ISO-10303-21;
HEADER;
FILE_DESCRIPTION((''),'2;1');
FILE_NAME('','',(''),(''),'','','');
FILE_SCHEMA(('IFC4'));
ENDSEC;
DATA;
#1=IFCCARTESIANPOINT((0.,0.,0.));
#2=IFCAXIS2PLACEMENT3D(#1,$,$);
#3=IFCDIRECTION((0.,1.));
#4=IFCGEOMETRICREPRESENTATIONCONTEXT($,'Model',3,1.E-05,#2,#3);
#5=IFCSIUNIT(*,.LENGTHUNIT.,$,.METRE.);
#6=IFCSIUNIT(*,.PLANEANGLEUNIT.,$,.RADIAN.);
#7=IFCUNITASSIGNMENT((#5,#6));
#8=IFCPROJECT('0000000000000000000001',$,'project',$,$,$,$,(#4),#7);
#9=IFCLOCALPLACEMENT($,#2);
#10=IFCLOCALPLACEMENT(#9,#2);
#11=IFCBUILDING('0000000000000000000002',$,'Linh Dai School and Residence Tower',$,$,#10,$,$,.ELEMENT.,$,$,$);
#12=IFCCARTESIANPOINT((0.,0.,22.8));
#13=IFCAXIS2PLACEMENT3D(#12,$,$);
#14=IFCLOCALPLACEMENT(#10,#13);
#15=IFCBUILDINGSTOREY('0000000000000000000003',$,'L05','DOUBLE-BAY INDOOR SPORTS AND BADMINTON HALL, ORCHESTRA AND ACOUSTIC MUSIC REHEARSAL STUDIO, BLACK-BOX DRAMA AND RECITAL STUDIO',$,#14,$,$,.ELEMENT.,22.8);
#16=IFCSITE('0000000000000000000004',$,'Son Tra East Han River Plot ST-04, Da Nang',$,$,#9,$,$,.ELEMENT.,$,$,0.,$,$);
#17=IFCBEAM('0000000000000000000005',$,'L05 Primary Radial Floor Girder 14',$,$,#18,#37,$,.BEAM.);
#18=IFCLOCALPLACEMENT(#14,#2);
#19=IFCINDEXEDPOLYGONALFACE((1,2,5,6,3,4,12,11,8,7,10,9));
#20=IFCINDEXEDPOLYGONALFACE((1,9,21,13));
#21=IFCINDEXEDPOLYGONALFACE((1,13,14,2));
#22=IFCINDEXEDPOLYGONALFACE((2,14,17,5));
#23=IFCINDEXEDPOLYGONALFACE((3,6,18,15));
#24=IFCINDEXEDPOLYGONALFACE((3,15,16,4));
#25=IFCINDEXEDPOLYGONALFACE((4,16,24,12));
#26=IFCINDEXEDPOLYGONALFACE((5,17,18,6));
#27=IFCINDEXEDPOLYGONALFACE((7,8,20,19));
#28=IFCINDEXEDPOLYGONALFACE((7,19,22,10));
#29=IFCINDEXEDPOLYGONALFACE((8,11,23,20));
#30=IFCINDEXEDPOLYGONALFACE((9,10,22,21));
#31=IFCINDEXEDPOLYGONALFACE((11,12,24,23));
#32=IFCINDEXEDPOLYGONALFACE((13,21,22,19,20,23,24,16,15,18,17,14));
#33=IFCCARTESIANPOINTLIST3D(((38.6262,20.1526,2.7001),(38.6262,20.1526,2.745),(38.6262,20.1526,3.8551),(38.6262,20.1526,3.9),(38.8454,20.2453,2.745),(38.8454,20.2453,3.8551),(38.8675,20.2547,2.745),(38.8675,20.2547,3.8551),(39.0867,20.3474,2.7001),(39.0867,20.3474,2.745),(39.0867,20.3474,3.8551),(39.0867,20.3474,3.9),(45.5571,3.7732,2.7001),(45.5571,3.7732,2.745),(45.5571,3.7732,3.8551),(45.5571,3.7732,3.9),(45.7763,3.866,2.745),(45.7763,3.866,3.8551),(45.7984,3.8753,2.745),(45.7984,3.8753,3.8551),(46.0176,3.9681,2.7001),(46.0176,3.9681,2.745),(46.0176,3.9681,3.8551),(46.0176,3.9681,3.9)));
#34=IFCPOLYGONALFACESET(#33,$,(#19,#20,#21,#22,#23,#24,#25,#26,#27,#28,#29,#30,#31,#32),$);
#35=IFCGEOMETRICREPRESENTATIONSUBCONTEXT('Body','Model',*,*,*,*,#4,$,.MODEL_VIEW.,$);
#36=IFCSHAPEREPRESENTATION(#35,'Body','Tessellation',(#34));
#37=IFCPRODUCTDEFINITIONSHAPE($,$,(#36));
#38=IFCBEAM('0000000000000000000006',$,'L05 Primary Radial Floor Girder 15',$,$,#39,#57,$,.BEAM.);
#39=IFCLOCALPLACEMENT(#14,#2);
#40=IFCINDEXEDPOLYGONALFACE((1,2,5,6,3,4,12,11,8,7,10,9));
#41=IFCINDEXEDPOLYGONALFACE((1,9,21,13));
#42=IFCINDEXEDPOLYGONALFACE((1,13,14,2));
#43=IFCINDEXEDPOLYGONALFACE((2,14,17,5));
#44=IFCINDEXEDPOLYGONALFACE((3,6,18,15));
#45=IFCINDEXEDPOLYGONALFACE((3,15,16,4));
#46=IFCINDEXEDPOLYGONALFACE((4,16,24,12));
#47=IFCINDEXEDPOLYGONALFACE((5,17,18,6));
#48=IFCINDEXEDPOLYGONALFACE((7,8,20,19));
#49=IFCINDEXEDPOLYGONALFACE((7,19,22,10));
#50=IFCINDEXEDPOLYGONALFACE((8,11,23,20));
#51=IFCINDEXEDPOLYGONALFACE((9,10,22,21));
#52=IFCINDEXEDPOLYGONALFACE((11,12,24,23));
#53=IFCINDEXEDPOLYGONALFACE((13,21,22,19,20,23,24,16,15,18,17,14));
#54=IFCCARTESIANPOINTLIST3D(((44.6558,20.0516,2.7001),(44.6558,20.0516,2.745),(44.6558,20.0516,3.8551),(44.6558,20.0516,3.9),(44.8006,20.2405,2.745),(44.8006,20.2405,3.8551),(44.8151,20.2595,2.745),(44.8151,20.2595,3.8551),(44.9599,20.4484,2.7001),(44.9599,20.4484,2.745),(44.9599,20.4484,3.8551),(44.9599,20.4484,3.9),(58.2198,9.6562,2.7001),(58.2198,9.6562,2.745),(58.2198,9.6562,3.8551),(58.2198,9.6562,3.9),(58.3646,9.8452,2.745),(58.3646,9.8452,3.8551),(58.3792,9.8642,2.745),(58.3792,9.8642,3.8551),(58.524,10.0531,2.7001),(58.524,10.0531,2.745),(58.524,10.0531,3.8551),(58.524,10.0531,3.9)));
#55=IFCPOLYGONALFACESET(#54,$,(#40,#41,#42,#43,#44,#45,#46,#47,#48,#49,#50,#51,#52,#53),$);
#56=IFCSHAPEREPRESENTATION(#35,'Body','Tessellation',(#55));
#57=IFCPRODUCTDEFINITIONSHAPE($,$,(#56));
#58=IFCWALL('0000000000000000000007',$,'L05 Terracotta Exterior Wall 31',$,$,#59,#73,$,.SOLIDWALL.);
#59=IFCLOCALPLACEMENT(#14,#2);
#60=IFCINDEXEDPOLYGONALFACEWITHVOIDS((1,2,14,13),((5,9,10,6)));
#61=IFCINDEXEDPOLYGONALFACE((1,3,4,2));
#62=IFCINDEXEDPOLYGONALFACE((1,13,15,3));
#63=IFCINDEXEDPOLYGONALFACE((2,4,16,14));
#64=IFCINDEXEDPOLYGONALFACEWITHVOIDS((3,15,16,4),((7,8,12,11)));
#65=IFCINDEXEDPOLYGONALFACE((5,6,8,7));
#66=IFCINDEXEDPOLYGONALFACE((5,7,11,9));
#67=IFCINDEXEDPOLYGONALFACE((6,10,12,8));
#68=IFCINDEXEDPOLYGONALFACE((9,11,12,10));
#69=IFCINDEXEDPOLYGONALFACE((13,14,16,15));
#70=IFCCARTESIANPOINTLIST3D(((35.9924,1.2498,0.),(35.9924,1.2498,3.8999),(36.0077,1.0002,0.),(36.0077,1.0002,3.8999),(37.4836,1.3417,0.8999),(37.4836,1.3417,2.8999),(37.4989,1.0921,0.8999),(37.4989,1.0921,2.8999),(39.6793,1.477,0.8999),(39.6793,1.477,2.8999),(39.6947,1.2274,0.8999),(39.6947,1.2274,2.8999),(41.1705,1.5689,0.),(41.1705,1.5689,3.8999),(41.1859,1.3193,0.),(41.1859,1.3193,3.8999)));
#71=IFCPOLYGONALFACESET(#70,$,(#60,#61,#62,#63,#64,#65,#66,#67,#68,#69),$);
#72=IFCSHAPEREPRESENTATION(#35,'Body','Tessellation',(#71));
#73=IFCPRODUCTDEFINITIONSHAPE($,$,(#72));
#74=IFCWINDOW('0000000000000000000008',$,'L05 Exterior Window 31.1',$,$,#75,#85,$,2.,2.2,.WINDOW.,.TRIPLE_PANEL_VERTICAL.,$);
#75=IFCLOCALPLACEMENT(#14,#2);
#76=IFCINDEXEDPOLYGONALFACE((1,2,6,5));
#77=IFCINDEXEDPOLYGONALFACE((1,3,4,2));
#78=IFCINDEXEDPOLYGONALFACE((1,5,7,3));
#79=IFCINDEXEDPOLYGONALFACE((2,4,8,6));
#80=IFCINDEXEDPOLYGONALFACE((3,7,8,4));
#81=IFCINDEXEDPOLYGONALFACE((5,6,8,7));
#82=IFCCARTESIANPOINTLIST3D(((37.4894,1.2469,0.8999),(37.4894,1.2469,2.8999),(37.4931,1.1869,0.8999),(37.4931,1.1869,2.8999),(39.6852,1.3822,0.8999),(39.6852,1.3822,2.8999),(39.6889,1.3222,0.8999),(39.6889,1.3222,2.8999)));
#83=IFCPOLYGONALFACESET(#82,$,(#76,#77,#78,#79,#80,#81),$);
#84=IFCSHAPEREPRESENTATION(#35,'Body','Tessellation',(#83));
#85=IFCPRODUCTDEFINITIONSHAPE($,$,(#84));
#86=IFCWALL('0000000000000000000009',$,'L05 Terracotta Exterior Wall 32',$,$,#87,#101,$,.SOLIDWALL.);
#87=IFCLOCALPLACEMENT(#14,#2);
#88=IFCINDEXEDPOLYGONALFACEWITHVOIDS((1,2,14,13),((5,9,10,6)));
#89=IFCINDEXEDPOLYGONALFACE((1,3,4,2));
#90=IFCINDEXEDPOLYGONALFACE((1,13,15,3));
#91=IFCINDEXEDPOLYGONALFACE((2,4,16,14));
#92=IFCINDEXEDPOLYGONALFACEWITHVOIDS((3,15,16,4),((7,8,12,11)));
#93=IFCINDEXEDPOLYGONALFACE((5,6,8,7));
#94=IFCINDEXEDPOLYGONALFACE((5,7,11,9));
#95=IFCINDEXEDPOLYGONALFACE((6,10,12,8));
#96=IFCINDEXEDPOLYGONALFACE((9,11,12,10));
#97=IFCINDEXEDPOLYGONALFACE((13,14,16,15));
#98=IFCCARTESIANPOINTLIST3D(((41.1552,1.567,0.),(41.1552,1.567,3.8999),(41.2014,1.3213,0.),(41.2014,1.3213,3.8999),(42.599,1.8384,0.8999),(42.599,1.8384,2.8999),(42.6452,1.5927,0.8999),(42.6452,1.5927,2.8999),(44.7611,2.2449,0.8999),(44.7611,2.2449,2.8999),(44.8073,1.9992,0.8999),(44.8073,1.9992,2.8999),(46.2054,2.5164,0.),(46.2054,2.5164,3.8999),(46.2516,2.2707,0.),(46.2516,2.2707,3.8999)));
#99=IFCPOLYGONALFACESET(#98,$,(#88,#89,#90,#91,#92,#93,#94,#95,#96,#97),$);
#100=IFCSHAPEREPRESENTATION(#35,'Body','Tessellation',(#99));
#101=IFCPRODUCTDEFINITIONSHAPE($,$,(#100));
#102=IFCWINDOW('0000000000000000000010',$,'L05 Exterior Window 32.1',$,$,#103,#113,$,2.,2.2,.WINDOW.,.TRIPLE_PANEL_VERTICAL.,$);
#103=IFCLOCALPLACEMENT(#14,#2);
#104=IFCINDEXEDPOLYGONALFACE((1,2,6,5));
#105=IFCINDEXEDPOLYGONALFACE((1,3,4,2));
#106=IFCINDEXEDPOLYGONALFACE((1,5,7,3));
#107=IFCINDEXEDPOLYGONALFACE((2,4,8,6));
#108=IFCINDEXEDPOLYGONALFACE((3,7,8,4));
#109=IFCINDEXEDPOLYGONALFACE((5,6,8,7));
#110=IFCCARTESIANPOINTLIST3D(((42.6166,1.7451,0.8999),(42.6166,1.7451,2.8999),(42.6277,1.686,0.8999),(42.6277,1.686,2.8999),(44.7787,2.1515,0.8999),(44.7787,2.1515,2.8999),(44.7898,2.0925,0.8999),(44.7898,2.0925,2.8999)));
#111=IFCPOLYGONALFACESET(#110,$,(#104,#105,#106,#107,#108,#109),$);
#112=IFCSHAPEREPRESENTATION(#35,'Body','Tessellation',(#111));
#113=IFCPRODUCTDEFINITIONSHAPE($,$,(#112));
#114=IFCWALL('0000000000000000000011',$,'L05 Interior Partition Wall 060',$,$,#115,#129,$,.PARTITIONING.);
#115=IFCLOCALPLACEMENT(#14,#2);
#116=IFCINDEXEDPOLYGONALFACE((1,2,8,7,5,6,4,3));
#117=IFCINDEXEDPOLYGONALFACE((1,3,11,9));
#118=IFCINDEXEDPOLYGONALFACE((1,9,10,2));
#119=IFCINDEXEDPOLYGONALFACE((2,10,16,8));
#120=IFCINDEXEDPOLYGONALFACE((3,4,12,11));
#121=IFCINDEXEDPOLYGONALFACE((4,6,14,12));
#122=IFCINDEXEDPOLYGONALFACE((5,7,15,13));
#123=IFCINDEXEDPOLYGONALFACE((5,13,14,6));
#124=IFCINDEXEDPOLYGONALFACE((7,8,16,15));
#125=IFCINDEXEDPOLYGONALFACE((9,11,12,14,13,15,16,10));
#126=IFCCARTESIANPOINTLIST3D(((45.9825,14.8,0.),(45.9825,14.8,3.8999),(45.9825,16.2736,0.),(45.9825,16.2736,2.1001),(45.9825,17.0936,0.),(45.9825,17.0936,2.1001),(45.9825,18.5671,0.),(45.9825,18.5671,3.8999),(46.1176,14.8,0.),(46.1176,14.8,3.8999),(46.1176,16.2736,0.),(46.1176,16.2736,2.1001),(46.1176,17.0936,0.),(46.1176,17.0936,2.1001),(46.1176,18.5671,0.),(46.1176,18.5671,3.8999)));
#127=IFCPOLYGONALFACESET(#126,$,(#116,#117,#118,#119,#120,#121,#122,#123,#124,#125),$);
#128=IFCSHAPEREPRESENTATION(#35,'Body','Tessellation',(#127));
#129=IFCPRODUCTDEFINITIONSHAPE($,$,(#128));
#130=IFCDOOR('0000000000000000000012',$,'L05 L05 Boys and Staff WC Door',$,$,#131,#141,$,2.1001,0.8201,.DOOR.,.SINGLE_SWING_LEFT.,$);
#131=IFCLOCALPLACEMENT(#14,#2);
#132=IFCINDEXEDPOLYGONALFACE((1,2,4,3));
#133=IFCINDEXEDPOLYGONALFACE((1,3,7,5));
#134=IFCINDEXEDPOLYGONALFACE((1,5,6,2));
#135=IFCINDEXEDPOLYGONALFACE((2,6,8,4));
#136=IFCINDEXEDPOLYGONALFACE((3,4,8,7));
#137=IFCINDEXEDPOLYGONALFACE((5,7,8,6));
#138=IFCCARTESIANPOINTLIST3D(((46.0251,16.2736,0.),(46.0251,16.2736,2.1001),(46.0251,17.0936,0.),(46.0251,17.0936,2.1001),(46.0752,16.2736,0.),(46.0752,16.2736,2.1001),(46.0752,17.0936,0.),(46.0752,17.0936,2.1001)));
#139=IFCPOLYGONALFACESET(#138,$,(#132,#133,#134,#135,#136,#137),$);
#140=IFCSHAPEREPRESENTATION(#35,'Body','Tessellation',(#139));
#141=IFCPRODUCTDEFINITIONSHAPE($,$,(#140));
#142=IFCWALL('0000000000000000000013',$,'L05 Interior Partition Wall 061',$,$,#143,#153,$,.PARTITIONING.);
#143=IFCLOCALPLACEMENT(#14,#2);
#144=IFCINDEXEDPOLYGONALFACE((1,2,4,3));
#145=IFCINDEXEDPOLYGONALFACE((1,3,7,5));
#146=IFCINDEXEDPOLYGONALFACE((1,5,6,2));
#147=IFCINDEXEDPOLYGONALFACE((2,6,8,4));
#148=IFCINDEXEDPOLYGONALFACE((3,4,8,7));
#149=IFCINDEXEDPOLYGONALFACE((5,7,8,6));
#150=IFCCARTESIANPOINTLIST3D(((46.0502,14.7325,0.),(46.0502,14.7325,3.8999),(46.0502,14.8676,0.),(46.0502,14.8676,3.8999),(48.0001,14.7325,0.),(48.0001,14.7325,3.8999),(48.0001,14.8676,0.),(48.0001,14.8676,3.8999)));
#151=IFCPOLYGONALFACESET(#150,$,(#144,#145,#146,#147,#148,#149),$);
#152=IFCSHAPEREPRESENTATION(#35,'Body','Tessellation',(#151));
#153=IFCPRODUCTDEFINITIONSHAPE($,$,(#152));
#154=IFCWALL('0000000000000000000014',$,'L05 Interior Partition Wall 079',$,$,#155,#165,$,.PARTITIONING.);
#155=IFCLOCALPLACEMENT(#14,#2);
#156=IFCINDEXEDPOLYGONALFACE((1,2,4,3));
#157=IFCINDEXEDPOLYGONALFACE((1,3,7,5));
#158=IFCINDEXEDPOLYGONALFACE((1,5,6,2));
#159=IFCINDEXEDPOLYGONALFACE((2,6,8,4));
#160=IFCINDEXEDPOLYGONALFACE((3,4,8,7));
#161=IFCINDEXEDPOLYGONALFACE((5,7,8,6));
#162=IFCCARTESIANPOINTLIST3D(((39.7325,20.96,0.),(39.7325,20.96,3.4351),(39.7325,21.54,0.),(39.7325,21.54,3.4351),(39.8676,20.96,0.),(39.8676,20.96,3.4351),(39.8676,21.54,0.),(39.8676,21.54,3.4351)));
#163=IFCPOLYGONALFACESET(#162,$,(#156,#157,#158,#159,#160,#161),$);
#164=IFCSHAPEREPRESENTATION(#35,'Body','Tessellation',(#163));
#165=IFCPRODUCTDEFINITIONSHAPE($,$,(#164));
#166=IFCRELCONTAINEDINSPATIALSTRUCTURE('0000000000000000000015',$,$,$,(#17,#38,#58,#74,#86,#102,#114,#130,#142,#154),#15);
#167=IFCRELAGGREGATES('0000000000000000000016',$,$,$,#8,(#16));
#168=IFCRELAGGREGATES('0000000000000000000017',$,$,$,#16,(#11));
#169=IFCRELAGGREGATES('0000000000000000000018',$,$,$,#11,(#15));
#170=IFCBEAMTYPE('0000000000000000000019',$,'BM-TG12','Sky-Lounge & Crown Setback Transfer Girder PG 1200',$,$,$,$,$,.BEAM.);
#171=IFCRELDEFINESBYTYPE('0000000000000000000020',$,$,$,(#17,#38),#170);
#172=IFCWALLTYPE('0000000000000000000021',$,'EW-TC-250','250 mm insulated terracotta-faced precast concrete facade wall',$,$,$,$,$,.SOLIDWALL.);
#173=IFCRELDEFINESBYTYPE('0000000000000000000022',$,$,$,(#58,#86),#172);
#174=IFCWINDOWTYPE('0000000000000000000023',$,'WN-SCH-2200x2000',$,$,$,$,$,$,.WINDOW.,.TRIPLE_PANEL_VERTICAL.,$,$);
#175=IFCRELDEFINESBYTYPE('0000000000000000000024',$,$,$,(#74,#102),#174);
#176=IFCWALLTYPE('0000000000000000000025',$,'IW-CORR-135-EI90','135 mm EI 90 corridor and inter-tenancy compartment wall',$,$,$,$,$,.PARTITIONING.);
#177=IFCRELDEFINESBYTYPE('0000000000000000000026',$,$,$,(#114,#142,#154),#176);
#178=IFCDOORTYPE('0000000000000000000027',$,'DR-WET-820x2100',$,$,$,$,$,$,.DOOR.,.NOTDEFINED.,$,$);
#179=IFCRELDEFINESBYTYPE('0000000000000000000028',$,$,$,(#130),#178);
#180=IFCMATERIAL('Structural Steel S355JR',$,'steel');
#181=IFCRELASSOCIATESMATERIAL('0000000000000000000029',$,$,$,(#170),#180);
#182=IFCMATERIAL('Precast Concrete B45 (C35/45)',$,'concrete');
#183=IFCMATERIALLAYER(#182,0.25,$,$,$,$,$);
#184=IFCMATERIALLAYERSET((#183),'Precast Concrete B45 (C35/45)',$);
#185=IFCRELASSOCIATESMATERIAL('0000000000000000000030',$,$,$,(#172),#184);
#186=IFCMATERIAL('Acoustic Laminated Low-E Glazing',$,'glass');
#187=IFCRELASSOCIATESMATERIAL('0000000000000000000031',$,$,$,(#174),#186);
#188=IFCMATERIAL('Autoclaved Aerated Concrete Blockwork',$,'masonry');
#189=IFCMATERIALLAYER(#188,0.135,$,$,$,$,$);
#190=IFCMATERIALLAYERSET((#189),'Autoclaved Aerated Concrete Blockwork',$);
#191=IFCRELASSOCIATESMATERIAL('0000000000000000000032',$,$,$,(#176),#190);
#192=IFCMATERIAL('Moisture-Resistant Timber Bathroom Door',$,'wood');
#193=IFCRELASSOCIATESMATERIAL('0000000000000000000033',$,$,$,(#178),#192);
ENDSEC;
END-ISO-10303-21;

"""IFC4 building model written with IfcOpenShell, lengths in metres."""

from ifc_helpers import new_model, si_unit, direction, frame, frame_2d, origin, origin_2d, place, context, subcontext, project, spatial, rectangle, i_section, extrude, source, transform, mapped, material, layer, layer_set, material_profile, profile_set, type_object, element, fill, save


model = new_model("IFC4")

# Units and contexts
model_context = context("Model", 3, precision=1e-05, world=origin(), true_north=direction((0.0, 1.0)))
body_context = subcontext(model_context, "Body", "Model", "MODEL_VIEW")
ifc_project = project(units=[si_unit("LENGTHUNIT", "METRE"), si_unit("PLANEANGLEUNIT", "RADIAN")], contexts=[model_context])

# Site, building, storey
site_placement = place(None, origin())
site = spatial("IfcSite", under=ifc_project, at=site_placement, Name="Son Tra East Han River Plot ST-04, Da Nang", CompositionType="ELEMENT", RefElevation=0.0)
building_placement = place(site_placement, origin())
building = spatial("IfcBuilding", under=site, at=building_placement, Name="Linh Dai School and Residence Tower", CompositionType="ELEMENT")
storey_placement = place(building_placement, frame((0.0, 0.0, 22.8)))
storey = spatial("IfcBuildingStorey", under=building, at=storey_placement, Name="L05", Description="DOUBLE-BAY INDOOR SPORTS AND BADMINTON HALL, ORCHESTRA AND ACOUSTIC MUSIC REHEARSAL STUDIO, BLACK-BOX DRAMA AND RECITAL STUDIO", CompositionType="ELEMENT", Elevation=22.8)

# Shared definitions
ifc_material_1 = material(Name="Structural Steel S355JR", Category="steel")

# Beams
ifc_material_profile_1 = material_profile(ifc_material_1, i_section(OverallWidth=0.5, OverallDepth=1.2, WebThickness=0.0239, FlangeThickness=0.0449, at=origin_2d()), Name="PG 1200x500x24x45")
ifc_profile_set_1 = profile_set([ifc_material_profile_1], Name="Structural Steel S355JR")
beam_type_1 = type_object("IfcBeamType", Name="BM-TG12", Description="Sky-Lounge & Crown Setback Transfer Girder PG 1200", PredefinedType="BEAM", material=ifc_profile_set_1)
beam_1_placement = place(storey_placement, frame((38.8564, 20.25, 3.3), z_axis=(0.389696, -0.920944, 0.0), x_axis=(0.920944, 0.389696, 0.0)))
element("IfcBeam", 1, at=beam_1_placement, inside=storey, type_object=beam_type_1, Name="L05 Primary Radial Floor Girder 14", PredefinedType="BEAM", context=body_context, shape_type="SweptSolid", body=[
    extrude(i_section(OverallWidth=0.5, OverallDepth=1.2, WebThickness=0.0239, FlangeThickness=0.0449, at=origin_2d()), origin(), (0.0, 0.0, 1.0), 17.7854),
])
beam_2_placement = place(storey_placement, frame((44.8079, 20.25, 3.3), z_axis=(0.793713, -0.608292, 0.0), x_axis=(0.608292, 0.793713, 0.0)))
element("IfcBeam", 2, at=beam_2_placement, inside=storey, type_object=beam_type_1, Name="L05 Primary Radial Floor Girder 15", PredefinedType="BEAM", context=body_context, shape_type="SweptSolid", body=[
    extrude(i_section(OverallWidth=0.5, OverallDepth=1.2, WebThickness=0.0239, FlangeThickness=0.0449, at=origin_2d()), origin(), (0.0, 0.0, 1.0), 17.0894),
])

# Walls, openings, windows
ifc_material_2 = material(Name="Precast Concrete B45 (C35/45)", Category="concrete")
ifc_layer_1 = layer(ifc_material_2, 0.25)
ifc_layer_set_1 = layer_set([ifc_layer_1], Name="Precast Concrete B45 (C35/45)")
wall_type_1 = type_object("IfcWallType", Name="EW-TC-250", Description="250 mm insulated terracotta-faced precast concrete facade wall", PredefinedType="SOLIDWALL", material=ifc_layer_set_1)
wall_1_placement = place(storey_placement, frame((41.1782, 1.4441, 0.0), z_axis=(0.0, 0.0, 1.0), x_axis=(-0.998107, -0.061505, 0.0)))
wall_1 = element("IfcWall", 3, at=wall_1_placement, inside=storey, type_object=wall_type_1, Name="L05 Terracotta Exterior Wall 31", PredefinedType="SOLIDWALL", context=body_context, shape_type="SweptSolid", body=[
    extrude(rectangle(XDim=5.188, YDim=0.25, at=frame_2d((2.594, 0.0))), origin(), (0.0, 0.0, 1.0), 3.8999),
])
opening_1_placement = place(wall_1_placement, frame((1.4939, 0.0, 0.8999)))
opening_1 = element("IfcOpeningElement", 4, at=opening_1_placement, cuts=wall_1, PredefinedType="OPENING", context=body_context, shape_type="SweptSolid", body=[
    extrude(rectangle(XDim=2.2, YDim=2.0, at=origin_2d()), frame((1.1001, 0.135, 1.0), z_axis=(0.0, -1.0, 0.0), x_axis=(1.0, 0.0, 0.0)), (0.0, 0.0, 1.0), 0.27),
])
ifc_material_3 = material(Name="Acoustic Laminated Low-E Glazing", Category="glass")
window_type = type_object("IfcWindowType", Name="WN-SCH-2200x2000", PartitioningType="TRIPLE_PANEL_VERTICAL", PredefinedType="WINDOW", material=ifc_material_3)
shared_shape_1 = source(origin(), body_context, "Body", "SweptSolid", [
    extrude(rectangle(XDim=2.2, YDim=2.0, at=origin_2d()), frame((1.1001, 0.03, 1.0), z_axis=(0.0, -1.0, 0.0), x_axis=(1.0, 0.0, 0.0)), (0.0, 0.0, 1.0), 0.0601),
])
window_1_placement = place(opening_1_placement, origin())
window_1 = element("IfcWindow", 5, at=window_1_placement, inside=storey, type_object=window_type, Name="L05 Exterior Window 31.1", OverallHeight=2.0, OverallWidth=2.2, PartitioningType="TRIPLE_PANEL_VERTICAL", PredefinedType="WINDOW", context=body_context, shape_type="MappedRepresentation", body=[
    mapped(shared_shape_1, transform((0.0, 0.0, 0.0), x_axis=(1.0, 0.0, 0.0), y_axis=(0.0, 1.0, 0.0), z_axis=(0.0, 0.0, 1.0), scale=1.0)),
])
fill(opening_1, window_1)
wall_2_placement = place(storey_placement, frame((46.2285, 2.3936, 0.0), z_axis=(0.0, 0.0, 1.0), x_axis=(-0.982783, -0.184765, 0.0)))
wall_2 = element("IfcWall", 6, at=wall_2_placement, inside=storey, type_object=wall_type_1, Name="L05 Terracotta Exterior Wall 32", PredefinedType="SOLIDWALL", context=body_context, shape_type="SweptSolid", body=[
    extrude(rectangle(XDim=5.1387, YDim=0.25, at=frame_2d((2.5693, 0.0))), origin(), (0.0, 0.0, 1.0), 3.8999),
])
opening_2_placement = place(wall_2_placement, frame((1.4695, 0.0, 0.8999)))
opening_2 = element("IfcOpeningElement", 7, at=opening_2_placement, cuts=wall_2, PredefinedType="OPENING", context=body_context, shape_type="SweptSolid", body=[
    extrude(rectangle(XDim=2.2, YDim=2.0, at=origin_2d()), frame((1.1001, 0.135, 1.0), z_axis=(0.0, -1.0, 0.0), x_axis=(1.0, 0.0, 0.0)), (0.0, 0.0, 1.0), 0.27),
])
window_2_placement = place(opening_2_placement, origin())
window_2 = element("IfcWindow", 8, at=window_2_placement, inside=storey, type_object=window_type, Name="L05 Exterior Window 32.1", OverallHeight=2.0, OverallWidth=2.2, PartitioningType="TRIPLE_PANEL_VERTICAL", PredefinedType="WINDOW", context=body_context, shape_type="MappedRepresentation", body=[
    mapped(shared_shape_1, transform((0.0, 0.0, 0.0), x_axis=(1.0, 0.0, 0.0), y_axis=(0.0, 1.0, 0.0), z_axis=(0.0, 0.0, 1.0), scale=1.0)),
])
fill(opening_2, window_2)

# Wall, opening, door
ifc_material_4 = material(Name="Autoclaved Aerated Concrete Blockwork", Category="masonry")
ifc_layer_2 = layer(ifc_material_4, 0.135)
ifc_layer_set_2 = layer_set([ifc_layer_2], Name="Autoclaved Aerated Concrete Blockwork")
wall_type_2 = type_object("IfcWallType", Name="IW-CORR-135-EI90", Description="135 mm EI 90 corridor and inter-tenancy compartment wall", PredefinedType="PARTITIONING", material=ifc_layer_set_2)
wall_3_placement = place(storey_placement, frame((46.05, 14.8, 0.0), z_axis=(0.0, 0.0, 1.0), x_axis=(0.0, 1.0, 0.0)))
wall_3 = element("IfcWall", 9, at=wall_3_placement, inside=storey, type_object=wall_type_2, Name="L05 Interior Partition Wall 060", PredefinedType="PARTITIONING", context=body_context, shape_type="SweptSolid", body=[
    extrude(rectangle(XDim=3.7671, YDim=0.135, at=frame_2d((1.8835, 0.0))), origin(), (0.0, 0.0, 1.0), 3.8999),
])
opening_3_placement = place(wall_3_placement, frame((1.4734, 0.0, 0.0)))
opening_3 = element("IfcOpeningElement", 10, at=opening_3_placement, cuts=wall_3, PredefinedType="OPENING", context=body_context, shape_type="SweptSolid", body=[
    extrude(rectangle(XDim=0.8201, YDim=2.1001, at=origin_2d()), frame((0.4102, 0.0776, 1.05), z_axis=(0.0, -1.0, 0.0), x_axis=(1.0, 0.0, 0.0)), (0.0, 0.0, 1.0), 0.155),
])
ifc_material_5 = material(Name="Moisture-Resistant Timber Bathroom Door", Category="wood")
door_type_1 = type_object("IfcDoorType", Name="DR-WET-820x2100", OperationType="NOTDEFINED", PredefinedType="DOOR", material=ifc_material_5)
shared_shape_2 = source(origin(), body_context, "Body", "SweptSolid", [
    extrude(rectangle(XDim=0.8201, YDim=2.1001, at=origin_2d()), frame((0.4102, 0.0249, 1.05), z_axis=(0.0, -1.0, 0.0), x_axis=(1.0, 0.0, 0.0)), (0.0, 0.0, 1.0), 0.05),
])
door_1_placement = place(opening_3_placement, origin())
door_1 = element("IfcDoor", 11, at=door_1_placement, inside=storey, type_object=door_type_1, Name="L05 L05 Boys and Staff WC Door", OperationType="SINGLE_SWING_LEFT", OverallHeight=2.1001, OverallWidth=0.8201, PredefinedType="DOOR", context=body_context, shape_type="MappedRepresentation", body=[
    mapped(shared_shape_2, transform((0.0, 0.0, 0.0), x_axis=(1.0, 0.0, 0.0), y_axis=(0.0, 1.0, 0.0), z_axis=(0.0, 0.0, 1.0), scale=1.0)),
])
fill(opening_3, door_1)

# Walls
wall_4_placement = place(storey_placement, frame((46.05, 14.8, 0.0), z_axis=(0.0, 0.0, 1.0), x_axis=(1.0, 0.0, 0.0)))
element("IfcWall", 12, at=wall_4_placement, inside=storey, type_object=wall_type_2, Name="L05 Interior Partition Wall 061", PredefinedType="PARTITIONING", context=body_context, shape_type="SweptSolid", body=[
    extrude(rectangle(XDim=1.95, YDim=0.135, at=frame_2d((0.9751, 0.0))), origin(), (0.0, 0.0, 1.0), 3.8999),
])
wall_5_placement = place(storey_placement, frame((39.8, 20.96, 0.0), z_axis=(0.0, 0.0, 1.0), x_axis=(0.0, 1.0, 0.0)))
element("IfcWall", 13, at=wall_5_placement, inside=storey, type_object=wall_type_2, Name="L05 Interior Partition Wall 079", PredefinedType="PARTITIONING", context=body_context, shape_type="SweptSolid", body=[
    extrude(rectangle(XDim=0.5801, YDim=0.135, at=frame_2d((0.29, 0.0))), origin(), (0.0, 0.0, 1.0), 3.4351),
])

save(model, "model.ifc")
